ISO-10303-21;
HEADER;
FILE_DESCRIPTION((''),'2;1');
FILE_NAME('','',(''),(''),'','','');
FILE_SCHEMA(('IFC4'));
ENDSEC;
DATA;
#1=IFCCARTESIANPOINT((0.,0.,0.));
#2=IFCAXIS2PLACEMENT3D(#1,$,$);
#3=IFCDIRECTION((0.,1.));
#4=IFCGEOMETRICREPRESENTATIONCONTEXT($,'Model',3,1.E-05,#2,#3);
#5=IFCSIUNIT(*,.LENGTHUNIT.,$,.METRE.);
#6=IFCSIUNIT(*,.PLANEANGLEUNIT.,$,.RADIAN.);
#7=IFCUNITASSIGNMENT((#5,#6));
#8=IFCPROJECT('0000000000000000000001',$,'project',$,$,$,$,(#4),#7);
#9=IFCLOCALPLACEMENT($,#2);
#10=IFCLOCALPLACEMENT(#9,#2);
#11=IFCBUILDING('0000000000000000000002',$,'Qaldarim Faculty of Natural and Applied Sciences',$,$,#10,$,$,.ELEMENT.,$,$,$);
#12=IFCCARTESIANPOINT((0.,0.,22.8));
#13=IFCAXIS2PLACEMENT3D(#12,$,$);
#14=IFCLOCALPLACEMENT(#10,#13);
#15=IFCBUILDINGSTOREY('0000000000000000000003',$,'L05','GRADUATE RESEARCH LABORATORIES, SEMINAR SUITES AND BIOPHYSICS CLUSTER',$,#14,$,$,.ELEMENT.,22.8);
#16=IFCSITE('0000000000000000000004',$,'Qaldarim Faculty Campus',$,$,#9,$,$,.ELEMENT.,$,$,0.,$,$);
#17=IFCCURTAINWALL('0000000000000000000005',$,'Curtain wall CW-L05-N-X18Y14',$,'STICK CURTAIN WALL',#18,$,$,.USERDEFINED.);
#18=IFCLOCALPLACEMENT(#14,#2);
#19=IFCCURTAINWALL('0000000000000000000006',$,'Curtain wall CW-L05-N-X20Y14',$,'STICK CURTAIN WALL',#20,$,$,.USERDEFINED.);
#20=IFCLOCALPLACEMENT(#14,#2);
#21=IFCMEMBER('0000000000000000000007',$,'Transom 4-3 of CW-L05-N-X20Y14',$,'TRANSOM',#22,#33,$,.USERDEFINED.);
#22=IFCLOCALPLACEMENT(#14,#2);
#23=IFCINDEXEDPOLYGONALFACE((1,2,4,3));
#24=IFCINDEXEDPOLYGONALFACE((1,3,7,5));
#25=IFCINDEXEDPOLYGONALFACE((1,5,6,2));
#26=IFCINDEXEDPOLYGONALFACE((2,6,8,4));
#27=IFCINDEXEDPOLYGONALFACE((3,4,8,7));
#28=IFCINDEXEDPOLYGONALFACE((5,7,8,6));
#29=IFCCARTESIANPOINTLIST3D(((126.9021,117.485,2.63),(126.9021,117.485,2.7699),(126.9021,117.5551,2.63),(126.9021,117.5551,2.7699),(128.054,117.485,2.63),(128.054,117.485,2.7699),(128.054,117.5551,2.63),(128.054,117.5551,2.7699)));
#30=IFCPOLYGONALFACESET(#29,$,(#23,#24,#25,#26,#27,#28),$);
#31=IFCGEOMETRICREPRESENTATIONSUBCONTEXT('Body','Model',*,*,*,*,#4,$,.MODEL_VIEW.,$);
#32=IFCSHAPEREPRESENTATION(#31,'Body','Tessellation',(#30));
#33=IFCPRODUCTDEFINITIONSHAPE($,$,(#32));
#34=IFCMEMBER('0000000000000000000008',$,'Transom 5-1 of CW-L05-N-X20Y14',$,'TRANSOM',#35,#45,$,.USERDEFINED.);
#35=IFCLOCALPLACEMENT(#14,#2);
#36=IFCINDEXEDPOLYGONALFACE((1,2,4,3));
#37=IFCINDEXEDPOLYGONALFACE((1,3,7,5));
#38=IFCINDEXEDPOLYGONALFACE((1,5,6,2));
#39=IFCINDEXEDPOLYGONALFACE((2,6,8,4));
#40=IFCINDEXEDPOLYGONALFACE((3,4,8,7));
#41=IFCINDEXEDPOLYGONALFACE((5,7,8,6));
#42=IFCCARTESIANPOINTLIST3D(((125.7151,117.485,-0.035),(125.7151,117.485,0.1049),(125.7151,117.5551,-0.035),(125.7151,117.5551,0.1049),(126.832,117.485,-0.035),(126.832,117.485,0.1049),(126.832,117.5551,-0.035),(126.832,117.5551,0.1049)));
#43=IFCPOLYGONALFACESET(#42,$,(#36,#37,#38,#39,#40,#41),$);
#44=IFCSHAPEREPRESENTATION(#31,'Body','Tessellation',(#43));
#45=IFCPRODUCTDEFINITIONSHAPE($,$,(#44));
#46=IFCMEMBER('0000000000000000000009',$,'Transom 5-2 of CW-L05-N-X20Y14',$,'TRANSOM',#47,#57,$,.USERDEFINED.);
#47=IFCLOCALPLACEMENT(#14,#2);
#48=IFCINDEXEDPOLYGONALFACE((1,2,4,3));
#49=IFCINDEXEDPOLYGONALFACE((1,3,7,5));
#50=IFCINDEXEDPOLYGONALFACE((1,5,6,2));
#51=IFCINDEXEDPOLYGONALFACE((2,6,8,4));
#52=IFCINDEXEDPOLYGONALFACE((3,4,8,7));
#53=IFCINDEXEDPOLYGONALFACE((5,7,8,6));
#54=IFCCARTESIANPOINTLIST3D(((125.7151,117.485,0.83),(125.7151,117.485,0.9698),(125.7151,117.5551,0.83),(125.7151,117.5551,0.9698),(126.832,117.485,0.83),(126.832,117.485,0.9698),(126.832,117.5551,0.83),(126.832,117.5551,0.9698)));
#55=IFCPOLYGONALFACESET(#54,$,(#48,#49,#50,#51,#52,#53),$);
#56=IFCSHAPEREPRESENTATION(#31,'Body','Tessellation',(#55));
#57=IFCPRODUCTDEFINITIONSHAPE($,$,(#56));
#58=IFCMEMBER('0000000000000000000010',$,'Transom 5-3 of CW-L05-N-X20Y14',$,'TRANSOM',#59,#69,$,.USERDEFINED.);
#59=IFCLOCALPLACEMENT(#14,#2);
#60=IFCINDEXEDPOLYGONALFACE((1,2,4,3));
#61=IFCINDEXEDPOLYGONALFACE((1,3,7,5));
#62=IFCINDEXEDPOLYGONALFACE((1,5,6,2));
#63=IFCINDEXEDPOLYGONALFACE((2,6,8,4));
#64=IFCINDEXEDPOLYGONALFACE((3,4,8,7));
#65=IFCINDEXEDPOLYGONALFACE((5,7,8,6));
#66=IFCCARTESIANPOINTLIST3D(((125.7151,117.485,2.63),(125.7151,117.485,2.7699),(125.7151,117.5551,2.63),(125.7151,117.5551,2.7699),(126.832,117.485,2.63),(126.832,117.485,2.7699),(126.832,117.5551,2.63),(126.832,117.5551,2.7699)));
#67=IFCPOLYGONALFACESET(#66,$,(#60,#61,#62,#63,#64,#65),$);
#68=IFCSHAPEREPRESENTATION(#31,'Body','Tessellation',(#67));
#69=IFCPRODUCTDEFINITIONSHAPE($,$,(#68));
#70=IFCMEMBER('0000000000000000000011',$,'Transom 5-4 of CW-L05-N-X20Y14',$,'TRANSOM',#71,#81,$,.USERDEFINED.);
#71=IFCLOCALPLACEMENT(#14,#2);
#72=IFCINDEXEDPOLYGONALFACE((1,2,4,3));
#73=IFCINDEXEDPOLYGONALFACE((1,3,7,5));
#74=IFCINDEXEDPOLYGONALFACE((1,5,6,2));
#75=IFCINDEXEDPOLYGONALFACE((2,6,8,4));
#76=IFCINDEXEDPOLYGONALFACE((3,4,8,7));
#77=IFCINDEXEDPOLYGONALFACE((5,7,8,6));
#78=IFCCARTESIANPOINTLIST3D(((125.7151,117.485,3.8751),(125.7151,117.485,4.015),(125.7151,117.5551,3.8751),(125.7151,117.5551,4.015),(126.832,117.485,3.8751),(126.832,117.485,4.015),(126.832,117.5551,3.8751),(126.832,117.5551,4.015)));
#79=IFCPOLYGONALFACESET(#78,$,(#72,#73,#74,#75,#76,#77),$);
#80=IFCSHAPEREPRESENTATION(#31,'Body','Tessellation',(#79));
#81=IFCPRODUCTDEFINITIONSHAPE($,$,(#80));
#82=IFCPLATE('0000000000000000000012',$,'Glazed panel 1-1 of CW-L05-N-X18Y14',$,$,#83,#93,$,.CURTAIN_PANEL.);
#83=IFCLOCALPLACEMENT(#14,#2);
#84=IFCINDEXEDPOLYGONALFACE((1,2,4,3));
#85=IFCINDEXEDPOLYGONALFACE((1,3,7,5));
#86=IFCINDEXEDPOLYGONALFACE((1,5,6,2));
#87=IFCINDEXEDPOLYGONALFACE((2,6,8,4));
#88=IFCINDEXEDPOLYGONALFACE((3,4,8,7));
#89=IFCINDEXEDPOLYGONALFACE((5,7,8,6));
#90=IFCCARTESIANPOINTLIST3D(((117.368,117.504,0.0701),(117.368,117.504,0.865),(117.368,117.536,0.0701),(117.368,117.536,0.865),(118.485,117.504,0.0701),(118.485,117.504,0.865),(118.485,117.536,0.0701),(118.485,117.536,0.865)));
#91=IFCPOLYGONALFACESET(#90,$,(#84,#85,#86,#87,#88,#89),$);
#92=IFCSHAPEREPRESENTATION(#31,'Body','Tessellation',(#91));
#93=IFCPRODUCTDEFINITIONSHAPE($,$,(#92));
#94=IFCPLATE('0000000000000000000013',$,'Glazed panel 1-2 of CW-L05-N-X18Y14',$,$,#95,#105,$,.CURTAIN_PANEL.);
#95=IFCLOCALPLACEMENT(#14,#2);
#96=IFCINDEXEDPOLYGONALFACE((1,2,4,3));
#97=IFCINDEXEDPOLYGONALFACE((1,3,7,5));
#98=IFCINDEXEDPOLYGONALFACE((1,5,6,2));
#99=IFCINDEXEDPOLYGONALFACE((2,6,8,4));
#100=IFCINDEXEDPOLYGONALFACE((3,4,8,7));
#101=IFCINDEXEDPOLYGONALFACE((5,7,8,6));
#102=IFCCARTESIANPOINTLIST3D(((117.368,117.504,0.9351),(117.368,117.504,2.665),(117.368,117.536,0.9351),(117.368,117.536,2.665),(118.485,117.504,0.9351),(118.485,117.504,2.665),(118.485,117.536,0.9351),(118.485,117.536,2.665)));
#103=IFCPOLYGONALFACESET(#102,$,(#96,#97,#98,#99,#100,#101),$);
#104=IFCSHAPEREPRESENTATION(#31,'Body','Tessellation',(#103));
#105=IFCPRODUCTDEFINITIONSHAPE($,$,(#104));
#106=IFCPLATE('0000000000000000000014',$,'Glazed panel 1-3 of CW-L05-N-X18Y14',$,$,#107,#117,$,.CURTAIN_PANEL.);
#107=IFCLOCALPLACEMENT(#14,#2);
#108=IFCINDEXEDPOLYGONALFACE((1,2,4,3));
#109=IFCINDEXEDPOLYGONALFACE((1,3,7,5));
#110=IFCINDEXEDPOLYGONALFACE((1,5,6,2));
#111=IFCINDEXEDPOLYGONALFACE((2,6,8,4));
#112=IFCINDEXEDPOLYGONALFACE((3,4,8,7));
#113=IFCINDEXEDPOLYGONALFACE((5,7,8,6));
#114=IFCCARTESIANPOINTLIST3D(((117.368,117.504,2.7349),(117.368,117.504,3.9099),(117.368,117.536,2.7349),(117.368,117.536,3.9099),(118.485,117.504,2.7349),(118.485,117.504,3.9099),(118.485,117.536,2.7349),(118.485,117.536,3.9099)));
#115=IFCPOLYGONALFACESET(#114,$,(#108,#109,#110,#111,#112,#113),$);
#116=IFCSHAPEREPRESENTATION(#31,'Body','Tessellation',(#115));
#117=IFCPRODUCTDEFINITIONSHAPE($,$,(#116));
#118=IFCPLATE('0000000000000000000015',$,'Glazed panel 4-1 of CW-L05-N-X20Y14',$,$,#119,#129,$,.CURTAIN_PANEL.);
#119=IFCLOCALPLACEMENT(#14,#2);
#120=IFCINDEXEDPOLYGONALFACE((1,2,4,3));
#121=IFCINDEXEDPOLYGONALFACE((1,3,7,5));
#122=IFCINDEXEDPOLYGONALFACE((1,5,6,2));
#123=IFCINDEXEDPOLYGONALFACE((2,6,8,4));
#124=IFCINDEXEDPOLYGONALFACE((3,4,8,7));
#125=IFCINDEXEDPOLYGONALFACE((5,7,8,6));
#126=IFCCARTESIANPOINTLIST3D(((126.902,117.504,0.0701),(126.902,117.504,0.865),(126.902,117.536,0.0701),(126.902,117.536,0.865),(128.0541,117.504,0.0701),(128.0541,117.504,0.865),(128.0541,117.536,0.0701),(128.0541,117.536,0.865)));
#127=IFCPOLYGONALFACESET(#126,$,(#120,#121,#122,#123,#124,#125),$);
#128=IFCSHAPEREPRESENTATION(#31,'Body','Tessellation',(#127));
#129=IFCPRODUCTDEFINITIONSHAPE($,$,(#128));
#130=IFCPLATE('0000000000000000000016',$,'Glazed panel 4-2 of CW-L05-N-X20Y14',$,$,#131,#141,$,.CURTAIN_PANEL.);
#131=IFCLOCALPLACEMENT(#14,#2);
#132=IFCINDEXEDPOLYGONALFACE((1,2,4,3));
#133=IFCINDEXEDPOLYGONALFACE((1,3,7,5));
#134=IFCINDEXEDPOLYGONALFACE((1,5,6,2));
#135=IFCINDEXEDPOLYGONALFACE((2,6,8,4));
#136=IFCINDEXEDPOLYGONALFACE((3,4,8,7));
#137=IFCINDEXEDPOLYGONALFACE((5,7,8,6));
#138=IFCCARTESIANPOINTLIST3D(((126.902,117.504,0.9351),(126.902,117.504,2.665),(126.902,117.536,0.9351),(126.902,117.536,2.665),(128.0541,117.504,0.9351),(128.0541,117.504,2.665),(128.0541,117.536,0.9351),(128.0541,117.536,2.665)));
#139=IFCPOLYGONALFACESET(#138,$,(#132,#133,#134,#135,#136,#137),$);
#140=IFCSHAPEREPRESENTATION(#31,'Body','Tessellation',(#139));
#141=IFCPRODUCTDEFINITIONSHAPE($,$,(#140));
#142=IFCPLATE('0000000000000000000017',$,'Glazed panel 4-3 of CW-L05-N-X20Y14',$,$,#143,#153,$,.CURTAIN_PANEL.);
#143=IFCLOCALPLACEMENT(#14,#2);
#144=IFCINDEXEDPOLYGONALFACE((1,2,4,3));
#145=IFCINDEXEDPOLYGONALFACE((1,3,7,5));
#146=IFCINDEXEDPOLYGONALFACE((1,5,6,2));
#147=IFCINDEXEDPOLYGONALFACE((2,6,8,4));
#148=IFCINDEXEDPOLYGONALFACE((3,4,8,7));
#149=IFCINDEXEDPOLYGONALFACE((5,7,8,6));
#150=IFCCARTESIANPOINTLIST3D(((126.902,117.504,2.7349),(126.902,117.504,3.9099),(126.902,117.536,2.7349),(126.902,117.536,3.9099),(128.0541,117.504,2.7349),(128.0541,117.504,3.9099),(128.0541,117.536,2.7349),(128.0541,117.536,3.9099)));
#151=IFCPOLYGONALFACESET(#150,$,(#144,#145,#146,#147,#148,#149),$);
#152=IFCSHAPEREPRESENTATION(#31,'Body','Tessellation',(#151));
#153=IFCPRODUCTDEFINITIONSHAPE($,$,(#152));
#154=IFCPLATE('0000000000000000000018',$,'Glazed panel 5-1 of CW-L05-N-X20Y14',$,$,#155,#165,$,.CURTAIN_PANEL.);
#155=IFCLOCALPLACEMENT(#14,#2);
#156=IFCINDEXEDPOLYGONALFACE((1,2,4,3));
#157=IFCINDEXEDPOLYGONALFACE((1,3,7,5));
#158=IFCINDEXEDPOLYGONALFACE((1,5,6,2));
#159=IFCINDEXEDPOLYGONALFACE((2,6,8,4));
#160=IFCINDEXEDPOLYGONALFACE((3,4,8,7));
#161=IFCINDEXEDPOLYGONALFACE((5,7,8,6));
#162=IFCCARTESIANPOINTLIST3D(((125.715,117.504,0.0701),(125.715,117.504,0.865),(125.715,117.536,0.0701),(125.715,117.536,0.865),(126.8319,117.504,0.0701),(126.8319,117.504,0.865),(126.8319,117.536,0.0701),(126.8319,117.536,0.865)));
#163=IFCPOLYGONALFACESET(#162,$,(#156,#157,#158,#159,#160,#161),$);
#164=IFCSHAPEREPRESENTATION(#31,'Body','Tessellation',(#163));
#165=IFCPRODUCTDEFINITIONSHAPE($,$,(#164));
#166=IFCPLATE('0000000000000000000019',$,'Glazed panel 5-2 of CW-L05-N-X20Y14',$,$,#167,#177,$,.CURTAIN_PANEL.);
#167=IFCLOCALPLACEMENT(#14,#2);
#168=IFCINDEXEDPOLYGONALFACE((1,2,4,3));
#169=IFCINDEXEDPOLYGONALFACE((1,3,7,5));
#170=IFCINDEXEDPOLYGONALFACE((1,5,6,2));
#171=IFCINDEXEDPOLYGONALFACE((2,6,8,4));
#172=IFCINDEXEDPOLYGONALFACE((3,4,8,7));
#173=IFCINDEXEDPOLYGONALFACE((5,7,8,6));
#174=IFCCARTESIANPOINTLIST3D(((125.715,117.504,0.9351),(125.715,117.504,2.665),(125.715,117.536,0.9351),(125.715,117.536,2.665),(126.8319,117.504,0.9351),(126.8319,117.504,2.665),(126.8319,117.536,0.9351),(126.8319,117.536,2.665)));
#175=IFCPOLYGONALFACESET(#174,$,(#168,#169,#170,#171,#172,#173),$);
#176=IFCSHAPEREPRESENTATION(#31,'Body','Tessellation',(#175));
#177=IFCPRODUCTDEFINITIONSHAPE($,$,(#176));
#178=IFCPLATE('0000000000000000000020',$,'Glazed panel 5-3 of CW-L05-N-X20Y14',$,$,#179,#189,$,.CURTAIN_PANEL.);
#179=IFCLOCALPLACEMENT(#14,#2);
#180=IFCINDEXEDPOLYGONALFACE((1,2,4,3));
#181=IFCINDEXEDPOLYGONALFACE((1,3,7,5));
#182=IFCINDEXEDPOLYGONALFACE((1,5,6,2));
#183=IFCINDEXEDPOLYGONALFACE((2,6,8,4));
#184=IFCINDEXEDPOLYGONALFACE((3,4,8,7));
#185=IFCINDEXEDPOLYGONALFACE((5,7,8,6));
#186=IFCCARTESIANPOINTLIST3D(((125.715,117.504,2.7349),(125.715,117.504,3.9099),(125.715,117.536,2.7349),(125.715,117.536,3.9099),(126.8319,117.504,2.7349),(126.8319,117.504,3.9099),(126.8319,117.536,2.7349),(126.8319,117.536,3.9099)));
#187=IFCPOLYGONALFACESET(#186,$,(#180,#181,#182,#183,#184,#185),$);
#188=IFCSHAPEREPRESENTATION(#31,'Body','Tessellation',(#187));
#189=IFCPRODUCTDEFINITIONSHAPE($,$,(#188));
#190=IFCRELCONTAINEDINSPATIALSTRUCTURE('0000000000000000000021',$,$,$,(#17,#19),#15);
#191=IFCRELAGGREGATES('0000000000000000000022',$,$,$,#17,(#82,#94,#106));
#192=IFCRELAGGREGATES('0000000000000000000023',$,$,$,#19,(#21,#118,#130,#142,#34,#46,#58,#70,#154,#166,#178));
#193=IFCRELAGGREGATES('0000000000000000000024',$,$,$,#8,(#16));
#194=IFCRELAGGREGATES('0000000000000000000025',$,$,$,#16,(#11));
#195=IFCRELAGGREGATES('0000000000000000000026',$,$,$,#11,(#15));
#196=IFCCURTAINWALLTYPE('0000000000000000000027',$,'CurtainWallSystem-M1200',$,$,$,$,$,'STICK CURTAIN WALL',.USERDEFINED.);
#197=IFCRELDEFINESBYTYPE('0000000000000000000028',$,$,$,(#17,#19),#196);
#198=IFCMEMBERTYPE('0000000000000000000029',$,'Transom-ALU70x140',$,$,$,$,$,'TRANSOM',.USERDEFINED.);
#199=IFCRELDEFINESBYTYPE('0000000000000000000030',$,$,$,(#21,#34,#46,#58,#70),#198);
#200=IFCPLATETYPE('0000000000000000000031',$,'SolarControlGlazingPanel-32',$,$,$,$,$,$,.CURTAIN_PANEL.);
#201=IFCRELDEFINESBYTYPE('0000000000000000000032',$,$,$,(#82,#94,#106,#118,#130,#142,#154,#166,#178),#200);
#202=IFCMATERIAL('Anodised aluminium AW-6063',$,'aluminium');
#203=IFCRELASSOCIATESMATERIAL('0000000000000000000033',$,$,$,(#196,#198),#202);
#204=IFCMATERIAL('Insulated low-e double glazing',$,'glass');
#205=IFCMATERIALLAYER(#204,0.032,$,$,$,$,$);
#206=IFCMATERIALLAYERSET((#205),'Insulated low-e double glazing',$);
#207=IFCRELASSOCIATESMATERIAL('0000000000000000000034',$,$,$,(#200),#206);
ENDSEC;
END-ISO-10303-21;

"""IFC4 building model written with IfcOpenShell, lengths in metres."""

from ifc_helpers import new_model, si_unit, direction, frame, origin, origin_2d, place, context, subcontext, project, spatial, rectangle, extrude, material, layer, layer_set, material_profile, profile_set, type_object, element, aggregate, save


model = new_model("IFC4")

# Units and contexts
model_context = context("Model", 3, precision=1e-05, world=origin(), true_north=direction((0.0, 1.0)))
body_context = subcontext(model_context, "Body", "Model", "MODEL_VIEW")
ifc_project = project(units=[si_unit("LENGTHUNIT", "METRE"), si_unit("PLANEANGLEUNIT", "RADIAN")], contexts=[model_context])

# Site, building, storey
site_placement = place(None, origin())
site = spatial("IfcSite", under=ifc_project, at=site_placement, Name="Qaldarim Faculty Campus", CompositionType="ELEMENT", RefElevation=0.0)
building_placement = place(site_placement, origin())
building = spatial("IfcBuilding", under=site, at=building_placement, Name="Qaldarim Faculty of Natural and Applied Sciences", CompositionType="ELEMENT")
storey_placement = place(building_placement, frame((0.0, 0.0, 22.8)))
storey = spatial("IfcBuildingStorey", under=building, at=storey_placement, Name="L05", Description="GRADUATE RESEARCH LABORATORIES, SEMINAR SUITES AND BIOPHYSICS CLUSTER", CompositionType="ELEMENT", Elevation=22.8)

# Curtain walls
ifc_material_1 = material(Name="Anodised aluminium AW-6063", Category="aluminium")
curtain_wall_type = type_object("IfcCurtainWallType", Name="CurtainWallSystem-M1200", ElementType="STICK CURTAIN WALL", PredefinedType="USERDEFINED", material=ifc_material_1)
curtain_wall_1_placement = place(storey_placement, origin())
curtain_wall_1 = element("IfcCurtainWall", 1, at=curtain_wall_1_placement, inside=storey, type_object=curtain_wall_type, Name="Curtain wall CW-L05-N-X18Y14", ObjectType="STICK CURTAIN WALL", PredefinedType="USERDEFINED")
curtain_wall_2_placement = place(storey_placement, origin())
curtain_wall_2 = element("IfcCurtainWall", 2, at=curtain_wall_2_placement, inside=storey, type_object=curtain_wall_type, Name="Curtain wall CW-L05-N-X20Y14", ObjectType="STICK CURTAIN WALL", PredefinedType="USERDEFINED")

# Members
ifc_material_profile_1 = material_profile(ifc_material_1, rectangle(XDim=0.0701, YDim=0.1399, at=origin_2d()), Name="ALU-T70x140")
ifc_profile_set_1 = profile_set([ifc_material_profile_1], Name="Anodised aluminium AW-6063")
member_type_1 = type_object("IfcMemberType", Name="Transom-ALU70x140", ElementType="TRANSOM", PredefinedType="USERDEFINED", material=ifc_profile_set_1)
member_1_placement = place(storey_placement, frame((128.054, 117.52, 2.7), z_axis=(-1.0, 0.0, 0.0), x_axis=(0.0, -1.0, 0.0)))
member_1 = element("IfcMember", 3, at=member_1_placement, type_object=member_type_1, Name="Transom 4-3 of CW-L05-N-X20Y14", ObjectType="TRANSOM", PredefinedType="USERDEFINED", context=body_context, shape_type="SweptSolid", body=[
    extrude(rectangle(XDim=0.0701, YDim=0.1399, at=origin_2d()), origin(), (0.0, 0.0, 1.0), 1.1519),
])
member_2_placement = place(storey_placement, frame((126.832, 117.52, 0.0349), z_axis=(-1.0, 0.0, 0.0), x_axis=(0.0, -1.0, 0.0)))
member_2 = element("IfcMember", 4, at=member_2_placement, type_object=member_type_1, Name="Transom 5-1 of CW-L05-N-X20Y14", ObjectType="TRANSOM", PredefinedType="USERDEFINED", context=body_context, shape_type="SweptSolid", body=[
    extrude(rectangle(XDim=0.0701, YDim=0.1399, at=origin_2d()), origin(), (0.0, 0.0, 1.0), 1.1169),
])
member_3_placement = place(storey_placement, frame((126.832, 117.52, 0.8999), z_axis=(-1.0, 0.0, 0.0), x_axis=(0.0, -1.0, 0.0)))
member_3 = element("IfcMember", 5, at=member_3_placement, type_object=member_type_1, Name="Transom 5-2 of CW-L05-N-X20Y14", ObjectType="TRANSOM", PredefinedType="USERDEFINED", context=body_context, shape_type="SweptSolid", body=[
    extrude(rectangle(XDim=0.0701, YDim=0.1399, at=origin_2d()), origin(), (0.0, 0.0, 1.0), 1.1169),
])
member_4_placement = place(storey_placement, frame((126.832, 117.52, 2.7), z_axis=(-1.0, 0.0, 0.0), x_axis=(0.0, -1.0, 0.0)))
member_4 = element("IfcMember", 6, at=member_4_placement, type_object=member_type_1, Name="Transom 5-3 of CW-L05-N-X20Y14", ObjectType="TRANSOM", PredefinedType="USERDEFINED", context=body_context, shape_type="SweptSolid", body=[
    extrude(rectangle(XDim=0.0701, YDim=0.1399, at=origin_2d()), origin(), (0.0, 0.0, 1.0), 1.1169),
])
member_5_placement = place(storey_placement, frame((126.832, 117.52, 3.9451), z_axis=(-1.0, 0.0, 0.0), x_axis=(0.0, -1.0, 0.0)))
member_5 = element("IfcMember", 7, at=member_5_placement, type_object=member_type_1, Name="Transom 5-4 of CW-L05-N-X20Y14", ObjectType="TRANSOM", PredefinedType="USERDEFINED", context=body_context, shape_type="SweptSolid", body=[
    extrude(rectangle(XDim=0.0701, YDim=0.1399, at=origin_2d()), origin(), (0.0, 0.0, 1.0), 1.1169),
])

# Plates
ifc_material_2 = material(Name="Insulated low-e double glazing", Category="glass")
ifc_layer = layer(ifc_material_2, 0.032)
ifc_layer_set = layer_set([ifc_layer], Name="Insulated low-e double glazing")
plate_type = type_object("IfcPlateType", Name="SolarControlGlazingPanel-32", PredefinedType="CURTAIN_PANEL", material=ifc_layer_set)
plate_1_placement = place(storey_placement, frame((117.9265, 117.52, 0.0701), z_axis=(0.0, 0.0, 1.0), x_axis=(-1.0, 0.0, 0.0)))
plate_1 = element("IfcPlate", 8, at=plate_1_placement, type_object=plate_type, Name="Glazed panel 1-1 of CW-L05-N-X18Y14", PredefinedType="CURTAIN_PANEL", context=body_context, shape_type="SweptSolid", body=[
    extrude(rectangle(XDim=1.1169, YDim=0.032, at=origin_2d()), origin(), (0.0, 0.0, 1.0), 0.7949),
])
plate_2_placement = place(storey_placement, frame((117.9265, 117.52, 0.9351), z_axis=(0.0, 0.0, 1.0), x_axis=(-1.0, 0.0, 0.0)))
plate_2 = element("IfcPlate", 9, at=plate_2_placement, type_object=plate_type, Name="Glazed panel 1-2 of CW-L05-N-X18Y14", PredefinedType="CURTAIN_PANEL", context=body_context, shape_type="SweptSolid", body=[
    extrude(rectangle(XDim=1.1169, YDim=0.032, at=origin_2d()), origin(), (0.0, 0.0, 1.0), 1.73),
])
plate_3_placement = place(storey_placement, frame((117.9265, 117.52, 2.7349), z_axis=(0.0, 0.0, 1.0), x_axis=(-1.0, 0.0, 0.0)))
plate_3 = element("IfcPlate", 10, at=plate_3_placement, type_object=plate_type, Name="Glazed panel 1-3 of CW-L05-N-X18Y14", PredefinedType="CURTAIN_PANEL", context=body_context, shape_type="SweptSolid", body=[
    extrude(rectangle(XDim=1.1169, YDim=0.032, at=origin_2d()), origin(), (0.0, 0.0, 1.0), 1.175),
])
aggregate(curtain_wall_1, [plate_1, plate_2, plate_3])
plate_4_placement = place(storey_placement, frame((127.478, 117.52, 0.0701), z_axis=(0.0, 0.0, 1.0), x_axis=(-1.0, 0.0, 0.0)))
plate_4 = element("IfcPlate", 11, at=plate_4_placement, type_object=plate_type, Name="Glazed panel 4-1 of CW-L05-N-X20Y14", PredefinedType="CURTAIN_PANEL", context=body_context, shape_type="SweptSolid", body=[
    extrude(rectangle(XDim=1.1521, YDim=0.032, at=origin_2d()), origin(), (0.0, 0.0, 1.0), 0.7949),
])
plate_5_placement = place(storey_placement, frame((127.478, 117.52, 0.9351), z_axis=(0.0, 0.0, 1.0), x_axis=(-1.0, 0.0, 0.0)))
plate_5 = element("IfcPlate", 12, at=plate_5_placement, type_object=plate_type, Name="Glazed panel 4-2 of CW-L05-N-X20Y14", PredefinedType="CURTAIN_PANEL", context=body_context, shape_type="SweptSolid", body=[
    extrude(rectangle(XDim=1.1521, YDim=0.032, at=origin_2d()), origin(), (0.0, 0.0, 1.0), 1.73),
])
plate_6_placement = place(storey_placement, frame((127.478, 117.52, 2.7349), z_axis=(0.0, 0.0, 1.0), x_axis=(-1.0, 0.0, 0.0)))
plate_6 = element("IfcPlate", 13, at=plate_6_placement, type_object=plate_type, Name="Glazed panel 4-3 of CW-L05-N-X20Y14", PredefinedType="CURTAIN_PANEL", context=body_context, shape_type="SweptSolid", body=[
    extrude(rectangle(XDim=1.1521, YDim=0.032, at=origin_2d()), origin(), (0.0, 0.0, 1.0), 1.175),
])
plate_7_placement = place(storey_placement, frame((126.2734, 117.52, 0.0701), z_axis=(0.0, 0.0, 1.0), x_axis=(-1.0, 0.0, 0.0)))
plate_7 = element("IfcPlate", 14, at=plate_7_placement, type_object=plate_type, Name="Glazed panel 5-1 of CW-L05-N-X20Y14", PredefinedType="CURTAIN_PANEL", context=body_context, shape_type="SweptSolid", body=[
    extrude(rectangle(XDim=1.1169, YDim=0.032, at=origin_2d()), origin(), (0.0, 0.0, 1.0), 0.7949),
])
plate_8_placement = place(storey_placement, frame((126.2734, 117.52, 0.9351), z_axis=(0.0, 0.0, 1.0), x_axis=(-1.0, 0.0, 0.0)))
plate_8 = element("IfcPlate", 15, at=plate_8_placement, type_object=plate_type, Name="Glazed panel 5-2 of CW-L05-N-X20Y14", PredefinedType="CURTAIN_PANEL", context=body_context, shape_type="SweptSolid", body=[
    extrude(rectangle(XDim=1.1169, YDim=0.032, at=origin_2d()), origin(), (0.0, 0.0, 1.0), 1.73),
])
plate_9_placement = place(storey_placement, frame((126.2734, 117.52, 2.7349), z_axis=(0.0, 0.0, 1.0), x_axis=(-1.0, 0.0, 0.0)))
plate_9 = element("IfcPlate", 16, at=plate_9_placement, type_object=plate_type, Name="Glazed panel 5-3 of CW-L05-N-X20Y14", PredefinedType="CURTAIN_PANEL", context=body_context, shape_type="SweptSolid", body=[
    extrude(rectangle(XDim=1.1169, YDim=0.032, at=origin_2d()), origin(), (0.0, 0.0, 1.0), 1.175),
])
aggregate(curtain_wall_2, [member_1, plate_4, plate_5, plate_6, member_2, member_3, member_4, member_5, plate_7, plate_8, plate_9])

save(model, "model.ifc")
